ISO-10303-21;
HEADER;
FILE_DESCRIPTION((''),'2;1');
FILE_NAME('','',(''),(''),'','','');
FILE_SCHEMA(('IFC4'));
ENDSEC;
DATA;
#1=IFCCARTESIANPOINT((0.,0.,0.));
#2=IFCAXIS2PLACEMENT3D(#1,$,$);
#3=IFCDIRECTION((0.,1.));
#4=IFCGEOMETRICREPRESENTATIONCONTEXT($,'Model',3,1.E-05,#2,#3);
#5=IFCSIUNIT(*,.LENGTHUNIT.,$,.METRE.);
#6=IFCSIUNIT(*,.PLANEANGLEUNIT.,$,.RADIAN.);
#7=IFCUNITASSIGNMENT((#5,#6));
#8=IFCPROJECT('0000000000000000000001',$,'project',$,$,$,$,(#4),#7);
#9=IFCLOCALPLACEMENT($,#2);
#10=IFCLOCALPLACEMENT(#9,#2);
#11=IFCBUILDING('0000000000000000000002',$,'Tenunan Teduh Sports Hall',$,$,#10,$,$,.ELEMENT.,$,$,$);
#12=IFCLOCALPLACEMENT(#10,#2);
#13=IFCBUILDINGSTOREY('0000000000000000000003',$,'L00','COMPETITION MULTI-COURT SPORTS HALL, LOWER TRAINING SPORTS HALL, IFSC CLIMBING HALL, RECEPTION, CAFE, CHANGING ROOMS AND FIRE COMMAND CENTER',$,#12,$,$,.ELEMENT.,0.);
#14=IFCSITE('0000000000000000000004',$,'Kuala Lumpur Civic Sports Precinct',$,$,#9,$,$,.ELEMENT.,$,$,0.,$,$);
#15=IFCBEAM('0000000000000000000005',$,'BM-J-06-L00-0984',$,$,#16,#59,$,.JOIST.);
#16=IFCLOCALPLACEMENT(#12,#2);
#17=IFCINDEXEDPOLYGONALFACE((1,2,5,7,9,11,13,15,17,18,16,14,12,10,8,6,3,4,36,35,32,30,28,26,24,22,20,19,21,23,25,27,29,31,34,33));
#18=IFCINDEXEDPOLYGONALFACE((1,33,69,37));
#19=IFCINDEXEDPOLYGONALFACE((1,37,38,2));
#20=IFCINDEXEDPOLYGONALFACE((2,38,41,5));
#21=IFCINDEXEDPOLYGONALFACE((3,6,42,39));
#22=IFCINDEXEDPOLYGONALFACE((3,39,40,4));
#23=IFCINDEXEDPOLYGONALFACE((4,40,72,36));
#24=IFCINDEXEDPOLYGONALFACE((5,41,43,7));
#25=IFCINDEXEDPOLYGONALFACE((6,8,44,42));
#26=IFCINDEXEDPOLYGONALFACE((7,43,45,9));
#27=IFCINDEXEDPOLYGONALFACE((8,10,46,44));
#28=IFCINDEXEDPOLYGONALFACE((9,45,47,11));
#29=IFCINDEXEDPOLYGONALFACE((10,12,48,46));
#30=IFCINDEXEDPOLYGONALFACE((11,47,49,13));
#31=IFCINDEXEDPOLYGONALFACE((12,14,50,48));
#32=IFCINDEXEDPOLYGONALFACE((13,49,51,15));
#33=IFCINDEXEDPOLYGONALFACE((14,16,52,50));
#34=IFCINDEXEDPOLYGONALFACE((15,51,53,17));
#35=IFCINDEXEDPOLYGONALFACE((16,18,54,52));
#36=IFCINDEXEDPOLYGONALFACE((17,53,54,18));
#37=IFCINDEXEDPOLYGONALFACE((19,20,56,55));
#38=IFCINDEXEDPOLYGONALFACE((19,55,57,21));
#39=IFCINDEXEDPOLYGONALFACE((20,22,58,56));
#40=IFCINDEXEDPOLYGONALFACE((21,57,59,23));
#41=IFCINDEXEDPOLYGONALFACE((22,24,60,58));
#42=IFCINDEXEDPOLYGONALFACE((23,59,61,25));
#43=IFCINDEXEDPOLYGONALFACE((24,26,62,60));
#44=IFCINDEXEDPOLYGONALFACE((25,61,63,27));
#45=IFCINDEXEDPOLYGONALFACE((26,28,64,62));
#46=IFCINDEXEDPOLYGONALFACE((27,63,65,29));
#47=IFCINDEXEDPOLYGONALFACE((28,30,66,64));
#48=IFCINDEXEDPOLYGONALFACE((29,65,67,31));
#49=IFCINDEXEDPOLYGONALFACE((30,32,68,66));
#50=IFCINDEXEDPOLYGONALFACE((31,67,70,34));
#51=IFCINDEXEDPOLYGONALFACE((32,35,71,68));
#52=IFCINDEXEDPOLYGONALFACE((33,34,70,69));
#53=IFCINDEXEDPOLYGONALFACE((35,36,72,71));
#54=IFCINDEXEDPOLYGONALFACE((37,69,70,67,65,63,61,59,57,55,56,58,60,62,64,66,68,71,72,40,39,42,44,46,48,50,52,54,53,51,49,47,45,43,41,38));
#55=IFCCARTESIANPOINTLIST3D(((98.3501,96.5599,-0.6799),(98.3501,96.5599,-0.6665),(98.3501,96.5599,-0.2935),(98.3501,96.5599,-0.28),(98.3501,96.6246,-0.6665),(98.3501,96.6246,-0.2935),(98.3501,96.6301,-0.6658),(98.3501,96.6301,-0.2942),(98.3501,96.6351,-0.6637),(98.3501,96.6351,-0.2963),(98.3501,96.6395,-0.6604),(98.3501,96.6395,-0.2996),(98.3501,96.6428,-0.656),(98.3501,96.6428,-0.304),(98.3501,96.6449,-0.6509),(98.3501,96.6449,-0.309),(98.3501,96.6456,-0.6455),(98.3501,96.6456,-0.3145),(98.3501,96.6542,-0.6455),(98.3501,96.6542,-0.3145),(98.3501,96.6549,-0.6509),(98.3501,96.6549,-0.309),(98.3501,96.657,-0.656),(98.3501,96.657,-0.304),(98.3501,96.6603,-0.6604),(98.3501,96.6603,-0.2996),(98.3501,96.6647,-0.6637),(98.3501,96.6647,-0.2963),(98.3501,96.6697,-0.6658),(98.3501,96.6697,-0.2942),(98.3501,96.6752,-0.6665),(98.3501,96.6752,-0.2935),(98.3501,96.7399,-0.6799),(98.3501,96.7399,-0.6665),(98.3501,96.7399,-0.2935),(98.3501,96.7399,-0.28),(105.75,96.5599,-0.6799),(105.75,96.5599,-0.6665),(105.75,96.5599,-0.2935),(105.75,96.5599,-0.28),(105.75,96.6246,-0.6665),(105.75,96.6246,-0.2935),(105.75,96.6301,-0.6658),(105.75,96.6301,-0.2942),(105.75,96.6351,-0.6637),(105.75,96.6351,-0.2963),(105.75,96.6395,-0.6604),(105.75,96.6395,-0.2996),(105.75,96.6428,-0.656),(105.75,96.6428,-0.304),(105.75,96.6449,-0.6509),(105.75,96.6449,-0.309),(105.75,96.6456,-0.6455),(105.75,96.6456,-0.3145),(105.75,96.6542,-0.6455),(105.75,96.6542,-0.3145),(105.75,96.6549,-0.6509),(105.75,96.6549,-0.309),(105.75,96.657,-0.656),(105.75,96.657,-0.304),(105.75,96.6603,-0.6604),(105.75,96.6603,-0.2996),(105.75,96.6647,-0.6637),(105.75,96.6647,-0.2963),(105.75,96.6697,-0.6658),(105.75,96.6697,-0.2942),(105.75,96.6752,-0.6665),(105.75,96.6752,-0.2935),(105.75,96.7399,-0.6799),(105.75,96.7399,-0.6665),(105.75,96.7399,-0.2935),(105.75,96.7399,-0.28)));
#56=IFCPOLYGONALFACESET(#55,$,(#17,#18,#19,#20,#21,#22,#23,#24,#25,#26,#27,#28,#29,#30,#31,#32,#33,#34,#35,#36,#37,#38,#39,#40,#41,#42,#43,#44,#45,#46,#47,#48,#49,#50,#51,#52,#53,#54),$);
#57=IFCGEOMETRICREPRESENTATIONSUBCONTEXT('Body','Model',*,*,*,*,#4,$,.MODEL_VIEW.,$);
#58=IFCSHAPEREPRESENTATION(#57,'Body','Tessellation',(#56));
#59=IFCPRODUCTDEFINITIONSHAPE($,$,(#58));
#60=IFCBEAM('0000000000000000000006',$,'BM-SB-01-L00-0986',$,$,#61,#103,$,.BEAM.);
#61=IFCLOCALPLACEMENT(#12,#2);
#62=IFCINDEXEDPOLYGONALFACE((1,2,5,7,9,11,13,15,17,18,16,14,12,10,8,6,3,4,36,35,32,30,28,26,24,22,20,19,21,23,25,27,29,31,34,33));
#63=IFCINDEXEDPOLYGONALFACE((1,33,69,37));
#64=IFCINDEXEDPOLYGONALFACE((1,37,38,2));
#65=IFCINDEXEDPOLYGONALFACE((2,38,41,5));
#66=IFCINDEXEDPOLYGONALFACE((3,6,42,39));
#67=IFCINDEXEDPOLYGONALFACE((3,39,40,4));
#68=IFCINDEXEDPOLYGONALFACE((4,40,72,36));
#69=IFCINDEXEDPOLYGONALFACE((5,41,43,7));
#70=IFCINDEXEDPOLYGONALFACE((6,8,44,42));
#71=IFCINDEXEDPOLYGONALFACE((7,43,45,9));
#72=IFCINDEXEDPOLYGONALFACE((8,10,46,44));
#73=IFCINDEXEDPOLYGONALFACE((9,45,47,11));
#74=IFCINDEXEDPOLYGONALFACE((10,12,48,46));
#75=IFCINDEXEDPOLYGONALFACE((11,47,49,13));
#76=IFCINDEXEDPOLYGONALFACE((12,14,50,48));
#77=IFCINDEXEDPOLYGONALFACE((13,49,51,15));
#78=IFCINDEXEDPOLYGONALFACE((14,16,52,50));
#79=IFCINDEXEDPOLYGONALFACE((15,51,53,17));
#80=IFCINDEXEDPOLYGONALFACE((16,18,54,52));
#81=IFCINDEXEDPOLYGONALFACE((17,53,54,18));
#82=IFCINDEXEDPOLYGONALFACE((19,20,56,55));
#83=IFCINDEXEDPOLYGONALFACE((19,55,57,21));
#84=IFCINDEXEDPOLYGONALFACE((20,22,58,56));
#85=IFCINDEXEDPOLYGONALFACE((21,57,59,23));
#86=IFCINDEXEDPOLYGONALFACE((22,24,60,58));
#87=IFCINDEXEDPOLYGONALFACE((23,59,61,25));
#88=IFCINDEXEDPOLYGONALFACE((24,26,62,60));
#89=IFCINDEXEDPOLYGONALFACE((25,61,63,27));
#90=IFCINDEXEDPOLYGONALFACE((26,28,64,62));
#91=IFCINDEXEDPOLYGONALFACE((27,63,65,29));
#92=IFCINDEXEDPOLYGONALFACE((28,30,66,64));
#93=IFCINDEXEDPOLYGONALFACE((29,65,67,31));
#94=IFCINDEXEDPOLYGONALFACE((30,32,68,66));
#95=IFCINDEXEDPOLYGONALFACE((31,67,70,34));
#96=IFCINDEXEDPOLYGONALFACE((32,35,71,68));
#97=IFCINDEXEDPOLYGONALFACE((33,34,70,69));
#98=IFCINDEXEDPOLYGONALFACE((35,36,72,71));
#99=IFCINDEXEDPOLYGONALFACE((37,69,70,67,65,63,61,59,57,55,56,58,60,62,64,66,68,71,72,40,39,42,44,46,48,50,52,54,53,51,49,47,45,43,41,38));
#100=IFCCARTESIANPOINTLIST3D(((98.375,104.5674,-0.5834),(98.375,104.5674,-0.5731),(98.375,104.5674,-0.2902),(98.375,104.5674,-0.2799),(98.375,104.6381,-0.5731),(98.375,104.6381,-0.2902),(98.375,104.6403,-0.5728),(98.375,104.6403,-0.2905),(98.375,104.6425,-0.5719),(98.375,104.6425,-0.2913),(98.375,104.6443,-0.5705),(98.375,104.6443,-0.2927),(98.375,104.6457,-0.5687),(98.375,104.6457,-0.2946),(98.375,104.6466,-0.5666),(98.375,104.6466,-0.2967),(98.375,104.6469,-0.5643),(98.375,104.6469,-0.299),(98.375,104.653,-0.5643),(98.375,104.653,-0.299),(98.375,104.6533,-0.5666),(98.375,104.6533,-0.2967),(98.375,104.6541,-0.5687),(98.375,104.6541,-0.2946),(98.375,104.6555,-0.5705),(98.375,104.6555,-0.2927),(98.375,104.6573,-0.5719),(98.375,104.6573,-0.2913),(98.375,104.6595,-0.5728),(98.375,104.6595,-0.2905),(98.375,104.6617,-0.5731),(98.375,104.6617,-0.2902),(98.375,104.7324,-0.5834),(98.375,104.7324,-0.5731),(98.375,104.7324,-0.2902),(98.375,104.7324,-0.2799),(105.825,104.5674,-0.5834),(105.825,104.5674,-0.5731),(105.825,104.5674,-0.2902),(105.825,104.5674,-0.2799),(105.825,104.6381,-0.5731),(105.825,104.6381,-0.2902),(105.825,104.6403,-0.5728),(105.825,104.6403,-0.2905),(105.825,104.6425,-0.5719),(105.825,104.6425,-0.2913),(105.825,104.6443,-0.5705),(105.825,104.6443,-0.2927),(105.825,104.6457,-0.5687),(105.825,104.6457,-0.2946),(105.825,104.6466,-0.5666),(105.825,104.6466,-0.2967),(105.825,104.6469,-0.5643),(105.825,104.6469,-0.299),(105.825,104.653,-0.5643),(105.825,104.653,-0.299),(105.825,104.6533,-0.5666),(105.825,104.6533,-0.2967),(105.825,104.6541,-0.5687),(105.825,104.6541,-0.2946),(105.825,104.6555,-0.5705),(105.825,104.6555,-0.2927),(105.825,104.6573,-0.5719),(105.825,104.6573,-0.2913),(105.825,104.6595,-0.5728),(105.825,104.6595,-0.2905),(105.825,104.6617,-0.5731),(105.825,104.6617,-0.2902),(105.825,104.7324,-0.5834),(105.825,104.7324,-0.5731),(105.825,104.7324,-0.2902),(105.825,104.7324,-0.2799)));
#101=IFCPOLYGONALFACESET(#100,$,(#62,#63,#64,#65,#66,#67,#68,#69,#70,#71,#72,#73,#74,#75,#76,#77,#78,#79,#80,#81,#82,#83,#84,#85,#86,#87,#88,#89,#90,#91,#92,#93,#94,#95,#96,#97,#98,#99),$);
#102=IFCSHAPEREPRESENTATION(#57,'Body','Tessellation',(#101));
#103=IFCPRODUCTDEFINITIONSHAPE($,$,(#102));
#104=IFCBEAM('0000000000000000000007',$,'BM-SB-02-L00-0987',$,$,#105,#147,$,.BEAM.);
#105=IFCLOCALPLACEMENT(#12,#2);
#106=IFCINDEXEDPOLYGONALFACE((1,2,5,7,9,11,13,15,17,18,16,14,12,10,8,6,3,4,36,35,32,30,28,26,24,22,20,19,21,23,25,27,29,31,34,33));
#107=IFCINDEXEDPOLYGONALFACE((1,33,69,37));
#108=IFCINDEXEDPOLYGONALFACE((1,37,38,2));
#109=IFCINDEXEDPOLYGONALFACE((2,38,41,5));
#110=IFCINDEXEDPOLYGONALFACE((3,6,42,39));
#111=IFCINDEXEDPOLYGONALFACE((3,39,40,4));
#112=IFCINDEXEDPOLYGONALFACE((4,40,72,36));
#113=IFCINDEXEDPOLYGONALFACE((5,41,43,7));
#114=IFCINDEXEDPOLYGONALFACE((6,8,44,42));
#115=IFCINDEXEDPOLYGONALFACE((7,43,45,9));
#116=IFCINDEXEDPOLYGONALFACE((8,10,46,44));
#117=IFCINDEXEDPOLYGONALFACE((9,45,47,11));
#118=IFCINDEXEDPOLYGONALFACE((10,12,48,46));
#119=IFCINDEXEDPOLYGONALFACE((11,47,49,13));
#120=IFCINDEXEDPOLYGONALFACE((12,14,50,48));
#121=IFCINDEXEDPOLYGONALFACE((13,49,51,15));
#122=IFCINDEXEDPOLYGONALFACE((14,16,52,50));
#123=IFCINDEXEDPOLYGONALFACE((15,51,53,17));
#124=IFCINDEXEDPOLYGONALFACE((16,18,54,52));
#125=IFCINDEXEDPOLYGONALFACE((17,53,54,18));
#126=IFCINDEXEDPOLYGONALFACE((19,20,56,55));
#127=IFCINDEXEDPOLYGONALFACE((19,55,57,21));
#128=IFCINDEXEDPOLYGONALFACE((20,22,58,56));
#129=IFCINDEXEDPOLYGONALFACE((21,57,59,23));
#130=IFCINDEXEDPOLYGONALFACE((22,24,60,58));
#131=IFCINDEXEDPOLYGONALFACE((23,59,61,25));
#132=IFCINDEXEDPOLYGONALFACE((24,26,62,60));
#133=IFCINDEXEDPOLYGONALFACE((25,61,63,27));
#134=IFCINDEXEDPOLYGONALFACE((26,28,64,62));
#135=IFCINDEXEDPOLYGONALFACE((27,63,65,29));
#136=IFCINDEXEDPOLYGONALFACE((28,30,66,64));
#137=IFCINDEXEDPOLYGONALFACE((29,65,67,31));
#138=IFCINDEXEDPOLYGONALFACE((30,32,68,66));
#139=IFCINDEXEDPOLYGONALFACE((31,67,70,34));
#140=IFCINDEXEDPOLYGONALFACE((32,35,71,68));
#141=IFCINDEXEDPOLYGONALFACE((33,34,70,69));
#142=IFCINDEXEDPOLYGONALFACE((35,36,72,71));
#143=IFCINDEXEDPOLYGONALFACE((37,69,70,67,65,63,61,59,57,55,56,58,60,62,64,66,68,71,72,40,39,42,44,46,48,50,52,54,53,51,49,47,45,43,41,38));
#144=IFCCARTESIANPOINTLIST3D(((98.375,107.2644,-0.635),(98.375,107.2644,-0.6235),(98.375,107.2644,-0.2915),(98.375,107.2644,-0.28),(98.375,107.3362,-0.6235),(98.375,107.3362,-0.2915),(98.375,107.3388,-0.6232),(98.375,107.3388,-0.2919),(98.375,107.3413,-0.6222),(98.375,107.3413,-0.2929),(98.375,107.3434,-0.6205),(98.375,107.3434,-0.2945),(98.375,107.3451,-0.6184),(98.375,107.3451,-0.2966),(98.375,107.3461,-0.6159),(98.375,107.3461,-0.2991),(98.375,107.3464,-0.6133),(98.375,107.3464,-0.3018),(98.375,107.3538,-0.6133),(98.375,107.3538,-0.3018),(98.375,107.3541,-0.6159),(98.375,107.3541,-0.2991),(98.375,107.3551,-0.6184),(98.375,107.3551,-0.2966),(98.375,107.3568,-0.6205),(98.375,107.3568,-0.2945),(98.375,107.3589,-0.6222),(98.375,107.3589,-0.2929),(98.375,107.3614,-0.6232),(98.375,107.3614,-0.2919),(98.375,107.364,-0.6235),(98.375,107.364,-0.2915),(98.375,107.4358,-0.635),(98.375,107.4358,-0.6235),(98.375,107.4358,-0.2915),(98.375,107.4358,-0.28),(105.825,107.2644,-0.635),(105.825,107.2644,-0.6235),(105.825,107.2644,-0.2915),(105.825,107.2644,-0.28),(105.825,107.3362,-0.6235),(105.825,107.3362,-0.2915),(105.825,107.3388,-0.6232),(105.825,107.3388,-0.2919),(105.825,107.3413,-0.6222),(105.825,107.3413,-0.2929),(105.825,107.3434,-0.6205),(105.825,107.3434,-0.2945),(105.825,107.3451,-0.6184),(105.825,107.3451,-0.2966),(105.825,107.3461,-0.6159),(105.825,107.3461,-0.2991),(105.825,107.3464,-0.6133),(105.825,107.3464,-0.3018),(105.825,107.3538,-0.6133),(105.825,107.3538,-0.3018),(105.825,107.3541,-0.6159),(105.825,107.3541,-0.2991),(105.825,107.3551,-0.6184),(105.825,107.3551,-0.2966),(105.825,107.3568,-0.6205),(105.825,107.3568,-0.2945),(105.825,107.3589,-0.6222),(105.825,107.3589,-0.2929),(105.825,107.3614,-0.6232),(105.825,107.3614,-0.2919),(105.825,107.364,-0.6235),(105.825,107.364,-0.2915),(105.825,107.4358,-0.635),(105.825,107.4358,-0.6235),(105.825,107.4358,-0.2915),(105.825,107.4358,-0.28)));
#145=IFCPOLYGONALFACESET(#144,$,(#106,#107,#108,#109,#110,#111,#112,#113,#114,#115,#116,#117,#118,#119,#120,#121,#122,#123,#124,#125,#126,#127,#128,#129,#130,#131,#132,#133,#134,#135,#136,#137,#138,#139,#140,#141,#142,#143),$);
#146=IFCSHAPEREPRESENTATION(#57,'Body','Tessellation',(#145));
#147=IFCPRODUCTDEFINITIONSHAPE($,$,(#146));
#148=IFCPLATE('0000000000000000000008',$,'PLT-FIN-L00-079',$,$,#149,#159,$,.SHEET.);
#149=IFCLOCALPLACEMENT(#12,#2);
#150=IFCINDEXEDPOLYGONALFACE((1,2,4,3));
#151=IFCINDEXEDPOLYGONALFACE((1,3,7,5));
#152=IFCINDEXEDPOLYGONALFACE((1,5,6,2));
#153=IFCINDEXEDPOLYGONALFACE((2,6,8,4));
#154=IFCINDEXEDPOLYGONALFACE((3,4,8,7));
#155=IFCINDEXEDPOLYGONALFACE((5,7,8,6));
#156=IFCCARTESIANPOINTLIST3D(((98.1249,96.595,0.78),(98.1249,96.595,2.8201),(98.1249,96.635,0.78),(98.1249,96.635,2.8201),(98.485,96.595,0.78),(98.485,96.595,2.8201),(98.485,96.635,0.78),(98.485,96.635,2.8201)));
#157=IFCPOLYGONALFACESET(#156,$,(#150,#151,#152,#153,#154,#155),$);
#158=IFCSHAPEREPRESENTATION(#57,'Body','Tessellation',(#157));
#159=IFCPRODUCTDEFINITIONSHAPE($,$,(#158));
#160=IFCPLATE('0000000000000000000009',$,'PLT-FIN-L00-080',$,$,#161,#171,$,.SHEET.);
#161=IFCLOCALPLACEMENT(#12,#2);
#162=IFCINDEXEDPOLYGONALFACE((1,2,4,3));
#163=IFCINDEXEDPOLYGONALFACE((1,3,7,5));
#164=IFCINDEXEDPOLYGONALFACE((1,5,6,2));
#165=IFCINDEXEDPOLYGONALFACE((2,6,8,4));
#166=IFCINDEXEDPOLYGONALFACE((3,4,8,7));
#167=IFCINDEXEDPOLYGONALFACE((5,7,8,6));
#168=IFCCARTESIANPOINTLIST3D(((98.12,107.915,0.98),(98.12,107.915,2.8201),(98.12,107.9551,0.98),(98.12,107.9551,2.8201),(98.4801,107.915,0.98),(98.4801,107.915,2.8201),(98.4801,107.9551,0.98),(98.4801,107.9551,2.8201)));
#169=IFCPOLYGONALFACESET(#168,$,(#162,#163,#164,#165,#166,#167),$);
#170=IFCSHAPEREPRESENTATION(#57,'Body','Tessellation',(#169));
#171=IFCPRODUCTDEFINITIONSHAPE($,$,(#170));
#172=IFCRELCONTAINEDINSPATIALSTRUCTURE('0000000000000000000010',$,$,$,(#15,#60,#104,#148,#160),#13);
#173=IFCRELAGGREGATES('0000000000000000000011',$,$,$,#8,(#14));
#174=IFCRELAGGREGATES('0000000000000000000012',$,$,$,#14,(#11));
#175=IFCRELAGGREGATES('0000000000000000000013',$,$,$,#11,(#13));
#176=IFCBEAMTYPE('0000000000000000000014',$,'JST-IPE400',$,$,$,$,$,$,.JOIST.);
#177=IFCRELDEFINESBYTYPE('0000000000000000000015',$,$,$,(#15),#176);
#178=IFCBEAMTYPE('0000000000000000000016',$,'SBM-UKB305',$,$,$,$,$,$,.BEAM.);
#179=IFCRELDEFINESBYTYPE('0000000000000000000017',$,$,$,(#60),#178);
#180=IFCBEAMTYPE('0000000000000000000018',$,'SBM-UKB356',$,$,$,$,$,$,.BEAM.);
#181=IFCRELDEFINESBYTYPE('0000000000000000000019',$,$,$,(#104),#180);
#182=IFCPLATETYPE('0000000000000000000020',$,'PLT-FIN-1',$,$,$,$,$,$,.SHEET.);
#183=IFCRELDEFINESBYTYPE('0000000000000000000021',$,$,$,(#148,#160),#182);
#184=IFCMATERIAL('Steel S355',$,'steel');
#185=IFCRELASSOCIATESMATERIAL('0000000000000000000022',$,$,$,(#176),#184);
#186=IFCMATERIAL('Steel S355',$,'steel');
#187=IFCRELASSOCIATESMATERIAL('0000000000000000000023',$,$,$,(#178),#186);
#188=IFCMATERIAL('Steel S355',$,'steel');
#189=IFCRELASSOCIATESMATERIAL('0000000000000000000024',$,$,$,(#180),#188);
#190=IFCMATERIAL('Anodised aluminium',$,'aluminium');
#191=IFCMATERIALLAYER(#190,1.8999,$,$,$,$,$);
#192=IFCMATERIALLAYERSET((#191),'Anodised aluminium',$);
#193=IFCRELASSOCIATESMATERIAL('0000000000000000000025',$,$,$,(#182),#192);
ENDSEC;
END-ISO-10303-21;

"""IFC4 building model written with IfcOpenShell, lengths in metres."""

from ifc_helpers import new_model, si_unit, direction, frame, origin, origin_2d, place, context, subcontext, project, spatial, rectangle, i_section, extrude, material, layer, layer_set, material_profile, profile_set, type_object, element, save


model = new_model("IFC4")

# Units and contexts
model_context = context("Model", 3, precision=1e-05, world=origin(), true_north=direction((0.0, 1.0)))
body_context = subcontext(model_context, "Body", "Model", "MODEL_VIEW")
ifc_project = project(units=[si_unit("LENGTHUNIT", "METRE"), si_unit("PLANEANGLEUNIT", "RADIAN")], contexts=[model_context])

# Site, building, storey
site_placement = place(None, origin())
site = spatial("IfcSite", under=ifc_project, at=site_placement, Name="Kuala Lumpur Civic Sports Precinct", CompositionType="ELEMENT", RefElevation=0.0)
building_placement = place(site_placement, origin())
building = spatial("IfcBuilding", under=site, at=building_placement, Name="Tenunan Teduh Sports Hall", CompositionType="ELEMENT")
storey_placement = place(building_placement, origin())
storey = spatial("IfcBuildingStorey", under=building, at=storey_placement, Name="L00", Description="COMPETITION MULTI-COURT SPORTS HALL, LOWER TRAINING SPORTS HALL, IFSC CLIMBING HALL, RECEPTION, CAFE, CHANGING ROOMS AND FIRE COMMAND CENTER", CompositionType="ELEMENT", Elevation=0.0)

# Beams
ifc_material_1 = material(Name="Steel S355", Category="steel")
ifc_material_profile_1 = material_profile(ifc_material_1, i_section(OverallWidth=0.1799, OverallDepth=0.3999, WebThickness=0.0085, FlangeThickness=0.0134, FilletRadius=0.021, at=origin_2d()), Name="IPE 400")
ifc_profile_set_1 = profile_set([ifc_material_profile_1], Name="Steel S355")
beam_type_1 = type_object("IfcBeamType", Name="JST-IPE400", PredefinedType="JOIST", material=ifc_profile_set_1)
beam_1_placement = place(storey_placement, frame((98.3501, 96.6499, -0.48), z_axis=(1.0, 0.0, 0.0), x_axis=(0.0, 1.0, 0.0)))
element("IfcBeam", 1, at=beam_1_placement, inside=storey, type_object=beam_type_1, Name="BM-J-06-L00-0984", PredefinedType="JOIST", context=body_context, shape_type="SweptSolid", body=[
    extrude(i_section(OverallWidth=0.1799, OverallDepth=0.3999, WebThickness=0.0085, FlangeThickness=0.0134, FilletRadius=0.021, at=origin_2d()), origin(), (0.0, 0.0, 1.0), 7.3999),
])
ifc_material_2 = material(Name="Steel S355", Category="steel")
ifc_material_profile_2 = material_profile(ifc_material_2, i_section(OverallWidth=0.165, OverallDepth=0.3035, WebThickness=0.0061, FlangeThickness=0.0103, FilletRadius=0.0088, at=origin_2d()), Name="UKB 305x165x40")
ifc_profile_set_2 = profile_set([ifc_material_profile_2], Name="Steel S355")
beam_type_2 = type_object("IfcBeamType", Name="SBM-UKB305", PredefinedType="BEAM", material=ifc_profile_set_2)
beam_2_placement = place(storey_placement, frame((98.375, 104.6499, -0.4316), z_axis=(1.0, 0.0, 0.0), x_axis=(0.0, 1.0, 0.0)))
element("IfcBeam", 2, at=beam_2_placement, inside=storey, type_object=beam_type_2, Name="BM-SB-01-L00-0986", PredefinedType="BEAM", context=body_context, shape_type="SweptSolid", body=[
    extrude(i_section(OverallWidth=0.165, OverallDepth=0.3035, WebThickness=0.0061, FlangeThickness=0.0103, FilletRadius=0.0088, at=origin_2d()), origin(), (0.0, 0.0, 1.0), 7.45),
])
ifc_material_3 = material(Name="Steel S355", Category="steel")
ifc_material_profile_3 = material_profile(ifc_material_3, i_section(OverallWidth=0.1714, OverallDepth=0.355, WebThickness=0.0073, FlangeThickness=0.0115, FilletRadius=0.0103, at=origin_2d()), Name="UKB 356x171x51")
ifc_profile_set_3 = profile_set([ifc_material_profile_3], Name="Steel S355")
beam_type_3 = type_object("IfcBeamType", Name="SBM-UKB356", PredefinedType="BEAM", material=ifc_profile_set_3)
beam_3_placement = place(storey_placement, frame((98.375, 107.3501, -0.4575), z_axis=(1.0, 0.0, 0.0), x_axis=(0.0, 1.0, 0.0)))
element("IfcBeam", 3, at=beam_3_placement, inside=storey, type_object=beam_type_3, Name="BM-SB-02-L00-0987", PredefinedType="BEAM", context=body_context, shape_type="SweptSolid", body=[
    extrude(i_section(OverallWidth=0.1714, OverallDepth=0.355, WebThickness=0.0073, FlangeThickness=0.0115, FilletRadius=0.0103, at=origin_2d()), origin(), (0.0, 0.0, 1.0), 7.45),
])

# Plates
ifc_material_4 = material(Name="Anodised aluminium", Category="aluminium")
ifc_layer_1 = layer(ifc_material_4, 1.8999)
ifc_layer_set_1 = layer_set([ifc_layer_1], Name="Anodised aluminium")
plate_type = type_object("IfcPlateType", Name="PLT-FIN-1", PredefinedType="SHEET", material=ifc_layer_set_1)
plate_1_placement = place(storey_placement, frame((98.3049, 96.615, 0.78), z_axis=(0.0, 0.0, 1.0), x_axis=(0.0, 1.0, 0.0)))
element("IfcPlate", 4, at=plate_1_placement, inside=storey, type_object=plate_type, Name="PLT-FIN-L00-079", PredefinedType="SHEET", context=body_context, shape_type="SweptSolid", body=[
    extrude(rectangle(XDim=0.04, YDim=0.3601, at=origin_2d()), origin(), (0.0, 0.0, 1.0), 2.04),
])
plate_2_placement = place(storey_placement, frame((98.3, 107.9351, 0.98), z_axis=(0.0, 0.0, 1.0), x_axis=(0.0, 1.0, 0.0)))
element("IfcPlate", 5, at=plate_2_placement, inside=storey, type_object=plate_type, Name="PLT-FIN-L00-080", PredefinedType="SHEET", context=body_context, shape_type="SweptSolid", body=[
    extrude(rectangle(XDim=0.04, YDim=0.3601, at=origin_2d()), origin(), (0.0, 0.0, 1.0), 1.8401),
])

save(model, "model.ifc")
